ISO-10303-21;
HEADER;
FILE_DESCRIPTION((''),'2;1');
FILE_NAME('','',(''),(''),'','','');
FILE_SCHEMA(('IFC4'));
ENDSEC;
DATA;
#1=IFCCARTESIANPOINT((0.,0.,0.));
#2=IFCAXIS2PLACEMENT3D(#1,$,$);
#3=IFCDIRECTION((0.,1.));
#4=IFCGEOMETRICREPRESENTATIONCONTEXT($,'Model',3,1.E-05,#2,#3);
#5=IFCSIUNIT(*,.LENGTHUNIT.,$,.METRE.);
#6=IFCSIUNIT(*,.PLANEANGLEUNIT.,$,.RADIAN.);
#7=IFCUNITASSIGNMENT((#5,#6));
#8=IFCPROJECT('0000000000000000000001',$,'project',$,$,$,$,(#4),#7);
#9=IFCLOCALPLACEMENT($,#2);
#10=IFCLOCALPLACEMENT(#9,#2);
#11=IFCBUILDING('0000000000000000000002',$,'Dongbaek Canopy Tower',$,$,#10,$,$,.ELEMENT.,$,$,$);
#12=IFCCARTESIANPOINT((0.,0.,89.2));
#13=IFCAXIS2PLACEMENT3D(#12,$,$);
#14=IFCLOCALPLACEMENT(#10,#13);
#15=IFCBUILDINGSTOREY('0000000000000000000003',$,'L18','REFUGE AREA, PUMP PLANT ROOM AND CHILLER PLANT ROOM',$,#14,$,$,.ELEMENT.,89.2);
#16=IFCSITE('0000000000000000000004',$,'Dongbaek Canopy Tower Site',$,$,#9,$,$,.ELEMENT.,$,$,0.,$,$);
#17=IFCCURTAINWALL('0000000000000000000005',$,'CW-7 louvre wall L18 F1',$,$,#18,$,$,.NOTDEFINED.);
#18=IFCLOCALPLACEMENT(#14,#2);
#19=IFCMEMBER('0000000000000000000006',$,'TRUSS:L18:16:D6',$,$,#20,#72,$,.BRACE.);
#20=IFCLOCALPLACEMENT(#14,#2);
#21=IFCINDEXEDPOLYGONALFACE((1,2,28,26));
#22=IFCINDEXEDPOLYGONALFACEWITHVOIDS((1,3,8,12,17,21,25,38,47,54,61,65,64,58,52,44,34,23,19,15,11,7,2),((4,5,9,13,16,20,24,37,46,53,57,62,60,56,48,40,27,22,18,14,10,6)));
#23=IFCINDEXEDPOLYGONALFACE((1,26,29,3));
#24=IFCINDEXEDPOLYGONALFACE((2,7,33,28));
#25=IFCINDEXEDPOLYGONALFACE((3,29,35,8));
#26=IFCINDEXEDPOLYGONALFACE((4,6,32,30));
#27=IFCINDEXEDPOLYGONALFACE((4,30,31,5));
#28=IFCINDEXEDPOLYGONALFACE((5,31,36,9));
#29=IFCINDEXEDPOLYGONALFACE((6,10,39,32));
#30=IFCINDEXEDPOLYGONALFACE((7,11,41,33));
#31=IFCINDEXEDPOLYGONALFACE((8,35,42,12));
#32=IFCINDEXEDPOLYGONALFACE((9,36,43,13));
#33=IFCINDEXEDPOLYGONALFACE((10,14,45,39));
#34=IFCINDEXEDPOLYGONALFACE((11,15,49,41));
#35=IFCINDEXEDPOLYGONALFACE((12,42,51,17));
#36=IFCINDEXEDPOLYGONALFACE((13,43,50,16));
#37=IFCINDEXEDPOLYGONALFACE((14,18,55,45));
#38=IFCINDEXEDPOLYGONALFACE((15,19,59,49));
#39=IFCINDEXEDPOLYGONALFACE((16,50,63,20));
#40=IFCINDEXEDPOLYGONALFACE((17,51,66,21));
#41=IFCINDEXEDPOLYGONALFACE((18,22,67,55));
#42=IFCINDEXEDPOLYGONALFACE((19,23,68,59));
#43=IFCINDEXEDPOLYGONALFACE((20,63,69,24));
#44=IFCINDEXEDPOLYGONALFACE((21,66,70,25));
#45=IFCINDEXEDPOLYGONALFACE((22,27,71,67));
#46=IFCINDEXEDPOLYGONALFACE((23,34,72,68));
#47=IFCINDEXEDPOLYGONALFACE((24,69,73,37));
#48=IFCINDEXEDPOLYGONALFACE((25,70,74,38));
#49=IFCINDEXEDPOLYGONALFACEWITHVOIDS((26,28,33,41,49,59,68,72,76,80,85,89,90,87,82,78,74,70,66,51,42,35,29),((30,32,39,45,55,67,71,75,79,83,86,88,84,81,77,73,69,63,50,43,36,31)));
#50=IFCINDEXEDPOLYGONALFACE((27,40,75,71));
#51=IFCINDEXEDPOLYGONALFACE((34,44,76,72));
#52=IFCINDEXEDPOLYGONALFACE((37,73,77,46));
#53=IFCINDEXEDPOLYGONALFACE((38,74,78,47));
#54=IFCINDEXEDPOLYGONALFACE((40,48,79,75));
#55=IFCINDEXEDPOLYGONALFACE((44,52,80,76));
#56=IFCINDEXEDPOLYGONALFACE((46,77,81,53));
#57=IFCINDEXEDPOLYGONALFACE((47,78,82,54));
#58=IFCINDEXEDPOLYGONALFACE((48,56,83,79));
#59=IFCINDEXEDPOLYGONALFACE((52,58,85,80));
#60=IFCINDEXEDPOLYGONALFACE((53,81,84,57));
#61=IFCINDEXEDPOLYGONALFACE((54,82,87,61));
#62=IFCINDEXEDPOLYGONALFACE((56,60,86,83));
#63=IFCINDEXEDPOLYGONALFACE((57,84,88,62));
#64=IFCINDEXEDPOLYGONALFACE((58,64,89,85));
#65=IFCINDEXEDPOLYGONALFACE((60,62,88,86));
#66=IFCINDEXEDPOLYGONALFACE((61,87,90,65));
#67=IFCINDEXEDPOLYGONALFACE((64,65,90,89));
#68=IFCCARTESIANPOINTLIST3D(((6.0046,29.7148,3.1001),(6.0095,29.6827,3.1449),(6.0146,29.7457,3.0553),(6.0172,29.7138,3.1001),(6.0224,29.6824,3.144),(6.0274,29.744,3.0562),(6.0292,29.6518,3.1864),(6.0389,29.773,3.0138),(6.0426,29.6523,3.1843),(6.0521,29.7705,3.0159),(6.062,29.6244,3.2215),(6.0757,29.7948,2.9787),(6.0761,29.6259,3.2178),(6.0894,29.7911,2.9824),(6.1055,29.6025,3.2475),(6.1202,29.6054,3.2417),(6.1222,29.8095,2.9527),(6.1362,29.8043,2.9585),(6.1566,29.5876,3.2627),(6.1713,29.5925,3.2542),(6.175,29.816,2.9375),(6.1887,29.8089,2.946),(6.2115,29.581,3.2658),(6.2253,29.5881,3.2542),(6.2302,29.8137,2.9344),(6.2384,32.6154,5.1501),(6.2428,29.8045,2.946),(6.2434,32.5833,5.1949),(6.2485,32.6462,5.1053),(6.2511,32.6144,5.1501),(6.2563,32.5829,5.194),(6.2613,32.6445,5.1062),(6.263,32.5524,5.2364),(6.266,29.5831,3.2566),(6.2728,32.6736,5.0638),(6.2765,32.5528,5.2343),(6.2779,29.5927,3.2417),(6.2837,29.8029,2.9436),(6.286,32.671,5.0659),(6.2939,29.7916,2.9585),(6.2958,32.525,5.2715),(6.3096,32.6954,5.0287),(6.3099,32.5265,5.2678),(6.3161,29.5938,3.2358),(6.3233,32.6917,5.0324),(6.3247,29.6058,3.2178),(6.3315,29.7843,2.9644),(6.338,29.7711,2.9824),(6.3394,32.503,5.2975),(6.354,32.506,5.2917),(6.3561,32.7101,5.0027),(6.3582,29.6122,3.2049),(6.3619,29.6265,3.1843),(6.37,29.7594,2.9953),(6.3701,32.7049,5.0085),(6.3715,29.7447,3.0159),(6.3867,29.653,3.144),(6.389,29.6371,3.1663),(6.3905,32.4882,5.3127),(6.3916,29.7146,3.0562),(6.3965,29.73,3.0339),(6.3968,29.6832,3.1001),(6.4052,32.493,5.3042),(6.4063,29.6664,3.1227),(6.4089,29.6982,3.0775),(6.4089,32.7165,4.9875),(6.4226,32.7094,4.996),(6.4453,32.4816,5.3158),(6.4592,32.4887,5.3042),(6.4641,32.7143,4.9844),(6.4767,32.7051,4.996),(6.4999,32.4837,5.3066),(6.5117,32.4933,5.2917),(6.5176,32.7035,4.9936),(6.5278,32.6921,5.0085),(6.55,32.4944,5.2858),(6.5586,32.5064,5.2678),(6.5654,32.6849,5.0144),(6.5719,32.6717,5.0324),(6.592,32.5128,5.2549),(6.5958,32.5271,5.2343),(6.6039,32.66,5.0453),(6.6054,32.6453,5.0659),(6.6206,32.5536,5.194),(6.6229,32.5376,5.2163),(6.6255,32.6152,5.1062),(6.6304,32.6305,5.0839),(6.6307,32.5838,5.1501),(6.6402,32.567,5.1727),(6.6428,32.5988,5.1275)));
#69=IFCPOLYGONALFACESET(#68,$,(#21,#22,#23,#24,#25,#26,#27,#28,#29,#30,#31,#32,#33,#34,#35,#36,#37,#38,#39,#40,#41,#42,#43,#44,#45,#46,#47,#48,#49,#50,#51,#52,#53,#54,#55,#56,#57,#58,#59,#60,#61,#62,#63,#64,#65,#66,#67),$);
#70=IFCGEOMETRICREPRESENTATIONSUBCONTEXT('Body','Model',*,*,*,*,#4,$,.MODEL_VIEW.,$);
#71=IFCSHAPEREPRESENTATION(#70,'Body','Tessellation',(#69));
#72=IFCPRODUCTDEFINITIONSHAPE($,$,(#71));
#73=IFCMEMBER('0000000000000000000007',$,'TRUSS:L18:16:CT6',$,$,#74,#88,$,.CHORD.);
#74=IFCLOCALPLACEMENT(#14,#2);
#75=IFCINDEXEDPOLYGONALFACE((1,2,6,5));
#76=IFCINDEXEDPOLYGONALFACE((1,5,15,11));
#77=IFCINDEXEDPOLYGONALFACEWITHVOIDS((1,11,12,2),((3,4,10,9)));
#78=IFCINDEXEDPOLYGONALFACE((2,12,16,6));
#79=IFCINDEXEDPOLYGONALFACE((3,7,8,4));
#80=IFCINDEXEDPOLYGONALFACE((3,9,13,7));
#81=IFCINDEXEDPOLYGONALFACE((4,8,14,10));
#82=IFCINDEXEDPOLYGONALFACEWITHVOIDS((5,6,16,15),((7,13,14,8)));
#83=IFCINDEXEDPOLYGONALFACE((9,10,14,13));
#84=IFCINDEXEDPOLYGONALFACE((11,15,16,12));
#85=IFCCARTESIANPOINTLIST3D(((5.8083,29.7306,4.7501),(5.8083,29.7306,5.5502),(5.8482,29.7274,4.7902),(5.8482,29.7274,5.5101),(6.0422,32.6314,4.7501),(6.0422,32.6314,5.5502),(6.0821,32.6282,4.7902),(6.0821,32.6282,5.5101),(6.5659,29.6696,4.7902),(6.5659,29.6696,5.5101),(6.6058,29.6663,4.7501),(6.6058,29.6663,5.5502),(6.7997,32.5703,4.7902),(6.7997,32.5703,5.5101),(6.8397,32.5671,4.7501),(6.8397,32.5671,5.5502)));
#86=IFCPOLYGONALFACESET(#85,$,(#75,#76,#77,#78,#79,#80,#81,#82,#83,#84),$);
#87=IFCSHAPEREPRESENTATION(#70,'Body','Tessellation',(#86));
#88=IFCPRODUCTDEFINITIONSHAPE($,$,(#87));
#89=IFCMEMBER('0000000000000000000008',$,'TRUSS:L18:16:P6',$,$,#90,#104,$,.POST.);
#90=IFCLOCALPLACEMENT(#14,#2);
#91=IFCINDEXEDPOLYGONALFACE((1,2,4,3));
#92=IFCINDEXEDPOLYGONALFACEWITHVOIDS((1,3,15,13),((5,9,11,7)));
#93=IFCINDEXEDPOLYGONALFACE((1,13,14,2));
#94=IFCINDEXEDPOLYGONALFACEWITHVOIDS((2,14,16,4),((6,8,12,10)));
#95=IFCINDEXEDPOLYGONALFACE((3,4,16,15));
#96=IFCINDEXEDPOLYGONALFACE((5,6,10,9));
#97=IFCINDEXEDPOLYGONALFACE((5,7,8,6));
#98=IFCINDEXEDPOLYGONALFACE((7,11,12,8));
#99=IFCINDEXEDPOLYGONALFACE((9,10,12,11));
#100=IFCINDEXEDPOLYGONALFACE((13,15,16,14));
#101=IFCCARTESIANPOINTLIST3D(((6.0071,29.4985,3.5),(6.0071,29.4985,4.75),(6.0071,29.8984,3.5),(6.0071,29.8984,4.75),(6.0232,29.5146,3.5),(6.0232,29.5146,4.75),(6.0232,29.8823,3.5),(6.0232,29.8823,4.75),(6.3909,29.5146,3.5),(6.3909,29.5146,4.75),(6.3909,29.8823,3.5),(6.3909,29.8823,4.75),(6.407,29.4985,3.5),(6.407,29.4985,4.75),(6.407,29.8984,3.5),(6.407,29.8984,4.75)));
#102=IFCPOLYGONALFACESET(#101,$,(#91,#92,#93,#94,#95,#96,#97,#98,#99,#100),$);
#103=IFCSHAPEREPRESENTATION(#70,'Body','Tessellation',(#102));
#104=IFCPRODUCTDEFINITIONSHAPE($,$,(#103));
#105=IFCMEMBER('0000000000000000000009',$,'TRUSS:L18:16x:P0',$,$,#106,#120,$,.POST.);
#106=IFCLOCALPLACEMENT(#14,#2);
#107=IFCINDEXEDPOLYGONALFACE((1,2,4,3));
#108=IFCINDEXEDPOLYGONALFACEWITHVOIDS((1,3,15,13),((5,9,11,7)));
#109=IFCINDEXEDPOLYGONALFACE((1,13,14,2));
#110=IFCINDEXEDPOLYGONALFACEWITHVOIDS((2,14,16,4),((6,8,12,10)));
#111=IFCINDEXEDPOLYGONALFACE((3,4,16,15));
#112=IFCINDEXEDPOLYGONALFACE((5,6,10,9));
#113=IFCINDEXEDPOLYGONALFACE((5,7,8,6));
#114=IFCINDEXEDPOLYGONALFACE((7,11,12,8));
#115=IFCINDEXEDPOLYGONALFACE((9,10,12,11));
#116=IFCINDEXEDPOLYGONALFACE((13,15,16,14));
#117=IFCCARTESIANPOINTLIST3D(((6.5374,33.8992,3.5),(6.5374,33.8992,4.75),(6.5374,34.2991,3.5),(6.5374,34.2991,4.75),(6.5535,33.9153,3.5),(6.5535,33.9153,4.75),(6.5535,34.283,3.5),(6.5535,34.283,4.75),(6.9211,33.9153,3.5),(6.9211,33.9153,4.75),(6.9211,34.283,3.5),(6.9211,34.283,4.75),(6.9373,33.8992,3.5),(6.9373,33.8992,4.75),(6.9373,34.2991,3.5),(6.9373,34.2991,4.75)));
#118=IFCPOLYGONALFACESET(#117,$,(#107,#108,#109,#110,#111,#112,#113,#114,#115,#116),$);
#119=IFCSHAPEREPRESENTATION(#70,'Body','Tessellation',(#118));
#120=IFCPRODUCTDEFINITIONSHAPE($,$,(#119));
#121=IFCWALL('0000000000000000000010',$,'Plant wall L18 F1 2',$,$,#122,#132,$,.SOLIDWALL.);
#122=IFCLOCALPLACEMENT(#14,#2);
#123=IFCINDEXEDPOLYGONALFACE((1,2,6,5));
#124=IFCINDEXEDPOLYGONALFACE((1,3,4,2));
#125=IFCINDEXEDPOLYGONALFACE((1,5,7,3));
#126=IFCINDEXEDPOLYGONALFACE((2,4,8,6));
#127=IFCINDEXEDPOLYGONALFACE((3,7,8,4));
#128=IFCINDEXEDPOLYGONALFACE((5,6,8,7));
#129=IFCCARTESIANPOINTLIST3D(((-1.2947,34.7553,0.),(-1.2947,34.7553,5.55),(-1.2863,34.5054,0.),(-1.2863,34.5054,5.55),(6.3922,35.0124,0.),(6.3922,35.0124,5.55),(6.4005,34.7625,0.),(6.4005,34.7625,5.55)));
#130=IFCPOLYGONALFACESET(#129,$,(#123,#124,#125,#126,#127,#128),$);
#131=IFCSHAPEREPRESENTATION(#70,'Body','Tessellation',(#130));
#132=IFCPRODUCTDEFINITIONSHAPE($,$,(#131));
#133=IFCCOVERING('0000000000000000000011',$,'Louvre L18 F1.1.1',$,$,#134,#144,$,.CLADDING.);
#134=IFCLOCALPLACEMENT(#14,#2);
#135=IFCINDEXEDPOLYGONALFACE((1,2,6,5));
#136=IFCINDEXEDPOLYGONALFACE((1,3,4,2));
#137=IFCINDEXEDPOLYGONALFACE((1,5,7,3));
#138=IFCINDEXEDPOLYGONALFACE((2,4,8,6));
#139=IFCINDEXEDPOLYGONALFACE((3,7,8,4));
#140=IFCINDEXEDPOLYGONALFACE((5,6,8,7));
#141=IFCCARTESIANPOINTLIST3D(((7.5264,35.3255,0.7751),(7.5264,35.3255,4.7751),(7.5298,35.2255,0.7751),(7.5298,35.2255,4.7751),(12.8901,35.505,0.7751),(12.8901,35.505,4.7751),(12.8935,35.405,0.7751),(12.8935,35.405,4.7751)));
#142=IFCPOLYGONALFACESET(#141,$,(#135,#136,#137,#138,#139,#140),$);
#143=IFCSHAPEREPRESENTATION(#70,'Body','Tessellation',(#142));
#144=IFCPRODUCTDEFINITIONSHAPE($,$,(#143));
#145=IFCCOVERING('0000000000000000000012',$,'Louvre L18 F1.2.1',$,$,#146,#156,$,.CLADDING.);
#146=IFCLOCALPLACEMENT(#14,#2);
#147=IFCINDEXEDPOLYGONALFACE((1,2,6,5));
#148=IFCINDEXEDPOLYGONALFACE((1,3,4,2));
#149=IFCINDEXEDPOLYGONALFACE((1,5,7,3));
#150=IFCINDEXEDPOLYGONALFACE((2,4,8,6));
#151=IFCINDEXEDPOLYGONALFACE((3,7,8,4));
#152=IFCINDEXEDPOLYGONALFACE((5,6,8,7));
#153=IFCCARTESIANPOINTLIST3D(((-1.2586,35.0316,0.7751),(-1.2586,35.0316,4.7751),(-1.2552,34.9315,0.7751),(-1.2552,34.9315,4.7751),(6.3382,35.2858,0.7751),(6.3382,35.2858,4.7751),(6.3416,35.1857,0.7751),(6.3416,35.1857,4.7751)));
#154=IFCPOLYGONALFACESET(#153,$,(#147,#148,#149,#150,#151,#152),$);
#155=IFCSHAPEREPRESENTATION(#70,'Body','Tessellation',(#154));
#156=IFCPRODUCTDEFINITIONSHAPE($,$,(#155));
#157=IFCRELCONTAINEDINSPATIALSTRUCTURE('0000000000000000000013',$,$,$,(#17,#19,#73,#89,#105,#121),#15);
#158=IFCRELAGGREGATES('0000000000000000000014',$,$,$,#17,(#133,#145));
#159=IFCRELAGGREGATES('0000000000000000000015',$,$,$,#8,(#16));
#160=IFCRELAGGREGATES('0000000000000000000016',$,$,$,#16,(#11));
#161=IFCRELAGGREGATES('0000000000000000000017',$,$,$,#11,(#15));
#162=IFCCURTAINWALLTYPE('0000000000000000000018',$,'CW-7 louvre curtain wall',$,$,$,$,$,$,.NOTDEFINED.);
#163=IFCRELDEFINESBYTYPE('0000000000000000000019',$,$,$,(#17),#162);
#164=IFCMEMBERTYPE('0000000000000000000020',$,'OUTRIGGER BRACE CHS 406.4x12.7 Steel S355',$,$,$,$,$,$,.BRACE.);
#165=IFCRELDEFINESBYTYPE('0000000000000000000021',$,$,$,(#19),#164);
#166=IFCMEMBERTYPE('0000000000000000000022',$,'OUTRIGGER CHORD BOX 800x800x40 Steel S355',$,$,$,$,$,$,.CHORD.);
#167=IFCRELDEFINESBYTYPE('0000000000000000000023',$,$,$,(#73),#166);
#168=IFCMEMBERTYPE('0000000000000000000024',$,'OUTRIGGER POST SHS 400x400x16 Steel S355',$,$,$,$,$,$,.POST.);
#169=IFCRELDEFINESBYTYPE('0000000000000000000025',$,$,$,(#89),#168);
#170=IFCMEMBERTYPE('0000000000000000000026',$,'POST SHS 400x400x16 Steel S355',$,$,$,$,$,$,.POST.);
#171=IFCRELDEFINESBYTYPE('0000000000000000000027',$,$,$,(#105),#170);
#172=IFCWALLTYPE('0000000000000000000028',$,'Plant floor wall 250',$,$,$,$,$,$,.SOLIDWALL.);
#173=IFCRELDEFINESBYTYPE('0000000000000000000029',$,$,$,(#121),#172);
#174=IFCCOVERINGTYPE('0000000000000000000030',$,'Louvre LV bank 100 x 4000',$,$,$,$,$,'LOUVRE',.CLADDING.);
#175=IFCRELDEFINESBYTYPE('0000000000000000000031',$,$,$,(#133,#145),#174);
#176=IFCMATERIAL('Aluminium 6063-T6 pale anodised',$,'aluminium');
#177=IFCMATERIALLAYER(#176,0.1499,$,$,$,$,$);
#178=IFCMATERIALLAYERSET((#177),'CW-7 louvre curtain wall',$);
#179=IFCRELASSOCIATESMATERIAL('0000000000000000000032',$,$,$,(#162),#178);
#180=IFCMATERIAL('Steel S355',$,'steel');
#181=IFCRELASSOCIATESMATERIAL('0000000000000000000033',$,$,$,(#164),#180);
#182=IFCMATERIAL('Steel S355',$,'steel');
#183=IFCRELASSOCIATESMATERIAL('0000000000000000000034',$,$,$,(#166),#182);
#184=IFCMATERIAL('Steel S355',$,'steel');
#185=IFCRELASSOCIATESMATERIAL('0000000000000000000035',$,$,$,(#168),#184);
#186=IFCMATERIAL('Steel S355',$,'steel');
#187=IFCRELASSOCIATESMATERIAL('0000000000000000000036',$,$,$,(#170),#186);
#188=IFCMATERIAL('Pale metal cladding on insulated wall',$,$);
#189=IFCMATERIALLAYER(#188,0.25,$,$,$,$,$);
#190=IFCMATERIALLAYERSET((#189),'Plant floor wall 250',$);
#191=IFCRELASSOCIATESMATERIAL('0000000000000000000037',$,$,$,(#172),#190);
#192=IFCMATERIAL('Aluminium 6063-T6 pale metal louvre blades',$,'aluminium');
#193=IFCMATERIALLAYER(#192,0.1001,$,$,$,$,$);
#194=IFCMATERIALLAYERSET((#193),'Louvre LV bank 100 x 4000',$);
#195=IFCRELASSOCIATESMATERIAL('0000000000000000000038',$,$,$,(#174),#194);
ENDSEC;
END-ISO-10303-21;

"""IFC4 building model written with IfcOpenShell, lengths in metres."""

from ifc_helpers import new_model, si_unit, direction, frame, frame_2d, origin, origin_2d, place, context, subcontext, project, spatial, rectangle, hollow_rectangle, hollow_circle, extrude, material, layer, layer_set, material_profile, profile_set, type_object, element, aggregate, save


model = new_model("IFC4")

# Units and contexts
model_context = context("Model", 3, precision=1e-05, world=origin(), true_north=direction((0.0, 1.0)))
body_context = subcontext(model_context, "Body", "Model", "MODEL_VIEW")
ifc_project = project(units=[si_unit("LENGTHUNIT", "METRE"), si_unit("PLANEANGLEUNIT", "RADIAN")], contexts=[model_context])

# Site, building, storey
site_placement = place(None, origin())
site = spatial("IfcSite", under=ifc_project, at=site_placement, Name="Dongbaek Canopy Tower Site", CompositionType="ELEMENT", RefElevation=0.0)
building_placement = place(site_placement, origin())
building = spatial("IfcBuilding", under=site, at=building_placement, Name="Dongbaek Canopy Tower", CompositionType="ELEMENT")
storey_placement = place(building_placement, frame((0.0, 0.0, 89.2)))
storey = spatial("IfcBuildingStorey", under=building, at=storey_placement, Name="L18", Description="REFUGE AREA, PUMP PLANT ROOM AND CHILLER PLANT ROOM", CompositionType="ELEMENT", Elevation=89.2)

# Curtain wall
ifc_material_1 = material(Name="Aluminium 6063-T6 pale anodised", Category="aluminium")
ifc_layer_1 = layer(ifc_material_1, 0.1499)
ifc_layer_set_1 = layer_set([ifc_layer_1], Name="CW-7 louvre curtain wall")
curtain_wall_type = type_object("IfcCurtainWallType", Name="CW-7 louvre curtain wall", PredefinedType="NOTDEFINED", material=ifc_layer_set_1)
curtain_wall_placement = place(storey_placement, origin())
curtain_wall = element("IfcCurtainWall", 1, at=curtain_wall_placement, inside=storey, type_object=curtain_wall_type, Name="CW-7 louvre wall L18 F1", PredefinedType="NOTDEFINED")

# Members
ifc_material_2 = material(Name="Steel S355", Category="steel")
ifc_material_profile_1 = material_profile(ifc_material_2, hollow_circle(Radius=0.2031, WallThickness=0.0127, at=origin_2d()), Name="OUTRIGGER BRACE CHS 406.4x12.7 Steel S355")
ifc_profile_set_1 = profile_set([ifc_material_profile_1], Name="Steel S355")
member_type_1 = type_object("IfcMemberType", Name="OUTRIGGER BRACE CHS 406.4x12.7 Steel S355", PredefinedType="BRACE", material=ifc_profile_set_1)
member_1_placement = place(storey_placement, frame((6.207, 29.6985, 3.1001), z_axis=(0.065705, 0.814866, 0.575914), x_axis=(-0.996765, 0.080372, 0.0)))
element("IfcMember", 2, at=member_1_placement, inside=storey, type_object=member_type_1, Name="TRUSS:L18:16:D6", PredefinedType="BRACE", context=body_context, shape_type="SweptSolid", body=[
    extrude(hollow_circle(Radius=0.2031, WallThickness=0.0127, at=origin_2d()), origin(), (0.0, 0.0, 1.0), 3.5596),
])
ifc_material_3 = material(Name="Steel S355", Category="steel")
ifc_material_profile_2 = material_profile(ifc_material_3, hollow_rectangle(XDim=0.8, YDim=0.8, WallThickness=0.04, at=origin_2d()), Name="OUTRIGGER CHORD BOX 800x800x40 Steel S355")
ifc_profile_set_2 = profile_set([ifc_material_profile_2], Name="Steel S355")
member_type_2 = type_object("IfcMemberType", Name="OUTRIGGER CHORD BOX 800x800x40 Steel S355", PredefinedType="CHORD", material=ifc_profile_set_2)
member_2_placement = place(storey_placement, frame((6.207, 29.6985, 5.1501), z_axis=(0.080372, 0.996765, 0.0), x_axis=(-0.996765, 0.080372, 0.0)))
element("IfcMember", 3, at=member_2_placement, inside=storey, type_object=member_type_2, Name="TRUSS:L18:16:CT6", PredefinedType="CHORD", context=body_context, shape_type="SweptSolid", body=[
    extrude(hollow_rectangle(XDim=0.8, YDim=0.8, WallThickness=0.04, at=origin_2d()), origin(), (0.0, 0.0, 1.0), 2.9102),
])
ifc_material_4 = material(Name="Steel S355", Category="steel")
ifc_material_profile_3 = material_profile(ifc_material_4, hollow_rectangle(XDim=0.3999, YDim=0.3999, WallThickness=0.0161, at=origin_2d()), Name="OUTRIGGER POST SHS 400x400x16 Steel S355")
ifc_profile_set_3 = profile_set([ifc_material_profile_3], Name="Steel S355")
member_type_3 = type_object("IfcMemberType", Name="OUTRIGGER POST SHS 400x400x16 Steel S355", PredefinedType="POST", material=ifc_profile_set_3)
member_3_placement = place(storey_placement, frame((6.207, 29.6985, 3.5), z_axis=(0.0, 0.0, 1.0), x_axis=(1.0, 0.0, 0.0)))
element("IfcMember", 4, at=member_3_placement, inside=storey, type_object=member_type_3, Name="TRUSS:L18:16:P6", PredefinedType="POST", context=body_context, shape_type="SweptSolid", body=[
    extrude(hollow_rectangle(XDim=0.3999, YDim=0.3999, WallThickness=0.0161, at=origin_2d()), origin(), (0.0, 0.0, 1.0), 1.25),
])
ifc_material_5 = material(Name="Steel S355", Category="steel")
ifc_material_profile_4 = material_profile(ifc_material_5, hollow_rectangle(XDim=0.3999, YDim=0.3999, WallThickness=0.0161, at=origin_2d()), Name="POST SHS 400x400x16 Steel S355")
ifc_profile_set_4 = profile_set([ifc_material_profile_4], Name="Steel S355")
member_type_4 = type_object("IfcMemberType", Name="POST SHS 400x400x16 Steel S355", PredefinedType="POST", material=ifc_profile_set_4)
member_4_placement = place(storey_placement, frame((6.7373, 34.0991, 3.5), z_axis=(0.0, 0.0, 1.0), x_axis=(1.0, 0.0, 0.0)))
element("IfcMember", 5, at=member_4_placement, inside=storey, type_object=member_type_4, Name="TRUSS:L18:16x:P0", PredefinedType="POST", context=body_context, shape_type="SweptSolid", body=[
    extrude(hollow_rectangle(XDim=0.3999, YDim=0.3999, WallThickness=0.0161, at=origin_2d()), origin(), (0.0, 0.0, 1.0), 1.25),
])

# Wall
ifc_material_6 = material(Name="Pale metal cladding on insulated wall")
ifc_layer_2 = layer(ifc_material_6, 0.25)
ifc_layer_set_2 = layer_set([ifc_layer_2], Name="Plant floor wall 250")
wall_type = type_object("IfcWallType", Name="Plant floor wall 250", PredefinedType="SOLIDWALL", material=ifc_layer_set_2)
wall_placement = place(storey_placement, frame((6.3965, 34.8875, 0.0), z_axis=(0.0, 0.0, 1.0), x_axis=(-0.999441, -0.033426, 0.0)))
element("IfcWall", 6, at=wall_placement, inside=storey, type_object=wall_type, Name="Plant wall L18 F1 2", PredefinedType="SOLIDWALL", context=body_context, shape_type="SweptSolid", body=[
    extrude(rectangle(XDim=7.6912, YDim=0.25, at=frame_2d((3.8457, 0.0))), origin(), (0.0, 0.0, 1.0), 5.55),
])

# Coverings
ifc_material_7 = material(Name="Aluminium 6063-T6 pale metal louvre blades", Category="aluminium")
ifc_layer_3 = layer(ifc_material_7, 0.1001)
ifc_layer_set_3 = layer_set([ifc_layer_3], Name="Louvre LV bank 100 x 4000")
covering_type = type_object("IfcCoveringType", Name="Louvre LV bank 100 x 4000", ElementType="LOUVRE", PredefinedType="CLADDING", material=ifc_layer_set_3)
covering_1_placement = place(storey_placement, frame((10.21, 35.3652, 0.7751), z_axis=(0.0, 0.0, 1.0), x_axis=(-0.999441, -0.033442, 0.0)))
covering_1 = element("IfcCovering", 7, at=covering_1_placement, type_object=covering_type, Name="Louvre L18 F1.1.1", PredefinedType="CLADDING", context=body_context, shape_type="SweptSolid", body=[
    extrude(rectangle(XDim=5.3667, YDim=0.1001, at=origin_2d()), origin(), (0.0, 0.0, 1.0), 4.0),
])
covering_2_placement = place(storey_placement, frame((2.5415, 35.1086, 0.7751), z_axis=(0.0, 0.0, 1.0), x_axis=(-0.999441, -0.033442, 0.0)))
covering_2 = element("IfcCovering", 8, at=covering_2_placement, type_object=covering_type, Name="Louvre L18 F1.2.1", PredefinedType="CLADDING", context=body_context, shape_type="SweptSolid", body=[
    extrude(rectangle(XDim=7.6011, YDim=0.1001, at=origin_2d()), origin(), (0.0, 0.0, 1.0), 4.0),
])

aggregate(curtain_wall, [covering_1, covering_2])

save(model, "model.ifc")
